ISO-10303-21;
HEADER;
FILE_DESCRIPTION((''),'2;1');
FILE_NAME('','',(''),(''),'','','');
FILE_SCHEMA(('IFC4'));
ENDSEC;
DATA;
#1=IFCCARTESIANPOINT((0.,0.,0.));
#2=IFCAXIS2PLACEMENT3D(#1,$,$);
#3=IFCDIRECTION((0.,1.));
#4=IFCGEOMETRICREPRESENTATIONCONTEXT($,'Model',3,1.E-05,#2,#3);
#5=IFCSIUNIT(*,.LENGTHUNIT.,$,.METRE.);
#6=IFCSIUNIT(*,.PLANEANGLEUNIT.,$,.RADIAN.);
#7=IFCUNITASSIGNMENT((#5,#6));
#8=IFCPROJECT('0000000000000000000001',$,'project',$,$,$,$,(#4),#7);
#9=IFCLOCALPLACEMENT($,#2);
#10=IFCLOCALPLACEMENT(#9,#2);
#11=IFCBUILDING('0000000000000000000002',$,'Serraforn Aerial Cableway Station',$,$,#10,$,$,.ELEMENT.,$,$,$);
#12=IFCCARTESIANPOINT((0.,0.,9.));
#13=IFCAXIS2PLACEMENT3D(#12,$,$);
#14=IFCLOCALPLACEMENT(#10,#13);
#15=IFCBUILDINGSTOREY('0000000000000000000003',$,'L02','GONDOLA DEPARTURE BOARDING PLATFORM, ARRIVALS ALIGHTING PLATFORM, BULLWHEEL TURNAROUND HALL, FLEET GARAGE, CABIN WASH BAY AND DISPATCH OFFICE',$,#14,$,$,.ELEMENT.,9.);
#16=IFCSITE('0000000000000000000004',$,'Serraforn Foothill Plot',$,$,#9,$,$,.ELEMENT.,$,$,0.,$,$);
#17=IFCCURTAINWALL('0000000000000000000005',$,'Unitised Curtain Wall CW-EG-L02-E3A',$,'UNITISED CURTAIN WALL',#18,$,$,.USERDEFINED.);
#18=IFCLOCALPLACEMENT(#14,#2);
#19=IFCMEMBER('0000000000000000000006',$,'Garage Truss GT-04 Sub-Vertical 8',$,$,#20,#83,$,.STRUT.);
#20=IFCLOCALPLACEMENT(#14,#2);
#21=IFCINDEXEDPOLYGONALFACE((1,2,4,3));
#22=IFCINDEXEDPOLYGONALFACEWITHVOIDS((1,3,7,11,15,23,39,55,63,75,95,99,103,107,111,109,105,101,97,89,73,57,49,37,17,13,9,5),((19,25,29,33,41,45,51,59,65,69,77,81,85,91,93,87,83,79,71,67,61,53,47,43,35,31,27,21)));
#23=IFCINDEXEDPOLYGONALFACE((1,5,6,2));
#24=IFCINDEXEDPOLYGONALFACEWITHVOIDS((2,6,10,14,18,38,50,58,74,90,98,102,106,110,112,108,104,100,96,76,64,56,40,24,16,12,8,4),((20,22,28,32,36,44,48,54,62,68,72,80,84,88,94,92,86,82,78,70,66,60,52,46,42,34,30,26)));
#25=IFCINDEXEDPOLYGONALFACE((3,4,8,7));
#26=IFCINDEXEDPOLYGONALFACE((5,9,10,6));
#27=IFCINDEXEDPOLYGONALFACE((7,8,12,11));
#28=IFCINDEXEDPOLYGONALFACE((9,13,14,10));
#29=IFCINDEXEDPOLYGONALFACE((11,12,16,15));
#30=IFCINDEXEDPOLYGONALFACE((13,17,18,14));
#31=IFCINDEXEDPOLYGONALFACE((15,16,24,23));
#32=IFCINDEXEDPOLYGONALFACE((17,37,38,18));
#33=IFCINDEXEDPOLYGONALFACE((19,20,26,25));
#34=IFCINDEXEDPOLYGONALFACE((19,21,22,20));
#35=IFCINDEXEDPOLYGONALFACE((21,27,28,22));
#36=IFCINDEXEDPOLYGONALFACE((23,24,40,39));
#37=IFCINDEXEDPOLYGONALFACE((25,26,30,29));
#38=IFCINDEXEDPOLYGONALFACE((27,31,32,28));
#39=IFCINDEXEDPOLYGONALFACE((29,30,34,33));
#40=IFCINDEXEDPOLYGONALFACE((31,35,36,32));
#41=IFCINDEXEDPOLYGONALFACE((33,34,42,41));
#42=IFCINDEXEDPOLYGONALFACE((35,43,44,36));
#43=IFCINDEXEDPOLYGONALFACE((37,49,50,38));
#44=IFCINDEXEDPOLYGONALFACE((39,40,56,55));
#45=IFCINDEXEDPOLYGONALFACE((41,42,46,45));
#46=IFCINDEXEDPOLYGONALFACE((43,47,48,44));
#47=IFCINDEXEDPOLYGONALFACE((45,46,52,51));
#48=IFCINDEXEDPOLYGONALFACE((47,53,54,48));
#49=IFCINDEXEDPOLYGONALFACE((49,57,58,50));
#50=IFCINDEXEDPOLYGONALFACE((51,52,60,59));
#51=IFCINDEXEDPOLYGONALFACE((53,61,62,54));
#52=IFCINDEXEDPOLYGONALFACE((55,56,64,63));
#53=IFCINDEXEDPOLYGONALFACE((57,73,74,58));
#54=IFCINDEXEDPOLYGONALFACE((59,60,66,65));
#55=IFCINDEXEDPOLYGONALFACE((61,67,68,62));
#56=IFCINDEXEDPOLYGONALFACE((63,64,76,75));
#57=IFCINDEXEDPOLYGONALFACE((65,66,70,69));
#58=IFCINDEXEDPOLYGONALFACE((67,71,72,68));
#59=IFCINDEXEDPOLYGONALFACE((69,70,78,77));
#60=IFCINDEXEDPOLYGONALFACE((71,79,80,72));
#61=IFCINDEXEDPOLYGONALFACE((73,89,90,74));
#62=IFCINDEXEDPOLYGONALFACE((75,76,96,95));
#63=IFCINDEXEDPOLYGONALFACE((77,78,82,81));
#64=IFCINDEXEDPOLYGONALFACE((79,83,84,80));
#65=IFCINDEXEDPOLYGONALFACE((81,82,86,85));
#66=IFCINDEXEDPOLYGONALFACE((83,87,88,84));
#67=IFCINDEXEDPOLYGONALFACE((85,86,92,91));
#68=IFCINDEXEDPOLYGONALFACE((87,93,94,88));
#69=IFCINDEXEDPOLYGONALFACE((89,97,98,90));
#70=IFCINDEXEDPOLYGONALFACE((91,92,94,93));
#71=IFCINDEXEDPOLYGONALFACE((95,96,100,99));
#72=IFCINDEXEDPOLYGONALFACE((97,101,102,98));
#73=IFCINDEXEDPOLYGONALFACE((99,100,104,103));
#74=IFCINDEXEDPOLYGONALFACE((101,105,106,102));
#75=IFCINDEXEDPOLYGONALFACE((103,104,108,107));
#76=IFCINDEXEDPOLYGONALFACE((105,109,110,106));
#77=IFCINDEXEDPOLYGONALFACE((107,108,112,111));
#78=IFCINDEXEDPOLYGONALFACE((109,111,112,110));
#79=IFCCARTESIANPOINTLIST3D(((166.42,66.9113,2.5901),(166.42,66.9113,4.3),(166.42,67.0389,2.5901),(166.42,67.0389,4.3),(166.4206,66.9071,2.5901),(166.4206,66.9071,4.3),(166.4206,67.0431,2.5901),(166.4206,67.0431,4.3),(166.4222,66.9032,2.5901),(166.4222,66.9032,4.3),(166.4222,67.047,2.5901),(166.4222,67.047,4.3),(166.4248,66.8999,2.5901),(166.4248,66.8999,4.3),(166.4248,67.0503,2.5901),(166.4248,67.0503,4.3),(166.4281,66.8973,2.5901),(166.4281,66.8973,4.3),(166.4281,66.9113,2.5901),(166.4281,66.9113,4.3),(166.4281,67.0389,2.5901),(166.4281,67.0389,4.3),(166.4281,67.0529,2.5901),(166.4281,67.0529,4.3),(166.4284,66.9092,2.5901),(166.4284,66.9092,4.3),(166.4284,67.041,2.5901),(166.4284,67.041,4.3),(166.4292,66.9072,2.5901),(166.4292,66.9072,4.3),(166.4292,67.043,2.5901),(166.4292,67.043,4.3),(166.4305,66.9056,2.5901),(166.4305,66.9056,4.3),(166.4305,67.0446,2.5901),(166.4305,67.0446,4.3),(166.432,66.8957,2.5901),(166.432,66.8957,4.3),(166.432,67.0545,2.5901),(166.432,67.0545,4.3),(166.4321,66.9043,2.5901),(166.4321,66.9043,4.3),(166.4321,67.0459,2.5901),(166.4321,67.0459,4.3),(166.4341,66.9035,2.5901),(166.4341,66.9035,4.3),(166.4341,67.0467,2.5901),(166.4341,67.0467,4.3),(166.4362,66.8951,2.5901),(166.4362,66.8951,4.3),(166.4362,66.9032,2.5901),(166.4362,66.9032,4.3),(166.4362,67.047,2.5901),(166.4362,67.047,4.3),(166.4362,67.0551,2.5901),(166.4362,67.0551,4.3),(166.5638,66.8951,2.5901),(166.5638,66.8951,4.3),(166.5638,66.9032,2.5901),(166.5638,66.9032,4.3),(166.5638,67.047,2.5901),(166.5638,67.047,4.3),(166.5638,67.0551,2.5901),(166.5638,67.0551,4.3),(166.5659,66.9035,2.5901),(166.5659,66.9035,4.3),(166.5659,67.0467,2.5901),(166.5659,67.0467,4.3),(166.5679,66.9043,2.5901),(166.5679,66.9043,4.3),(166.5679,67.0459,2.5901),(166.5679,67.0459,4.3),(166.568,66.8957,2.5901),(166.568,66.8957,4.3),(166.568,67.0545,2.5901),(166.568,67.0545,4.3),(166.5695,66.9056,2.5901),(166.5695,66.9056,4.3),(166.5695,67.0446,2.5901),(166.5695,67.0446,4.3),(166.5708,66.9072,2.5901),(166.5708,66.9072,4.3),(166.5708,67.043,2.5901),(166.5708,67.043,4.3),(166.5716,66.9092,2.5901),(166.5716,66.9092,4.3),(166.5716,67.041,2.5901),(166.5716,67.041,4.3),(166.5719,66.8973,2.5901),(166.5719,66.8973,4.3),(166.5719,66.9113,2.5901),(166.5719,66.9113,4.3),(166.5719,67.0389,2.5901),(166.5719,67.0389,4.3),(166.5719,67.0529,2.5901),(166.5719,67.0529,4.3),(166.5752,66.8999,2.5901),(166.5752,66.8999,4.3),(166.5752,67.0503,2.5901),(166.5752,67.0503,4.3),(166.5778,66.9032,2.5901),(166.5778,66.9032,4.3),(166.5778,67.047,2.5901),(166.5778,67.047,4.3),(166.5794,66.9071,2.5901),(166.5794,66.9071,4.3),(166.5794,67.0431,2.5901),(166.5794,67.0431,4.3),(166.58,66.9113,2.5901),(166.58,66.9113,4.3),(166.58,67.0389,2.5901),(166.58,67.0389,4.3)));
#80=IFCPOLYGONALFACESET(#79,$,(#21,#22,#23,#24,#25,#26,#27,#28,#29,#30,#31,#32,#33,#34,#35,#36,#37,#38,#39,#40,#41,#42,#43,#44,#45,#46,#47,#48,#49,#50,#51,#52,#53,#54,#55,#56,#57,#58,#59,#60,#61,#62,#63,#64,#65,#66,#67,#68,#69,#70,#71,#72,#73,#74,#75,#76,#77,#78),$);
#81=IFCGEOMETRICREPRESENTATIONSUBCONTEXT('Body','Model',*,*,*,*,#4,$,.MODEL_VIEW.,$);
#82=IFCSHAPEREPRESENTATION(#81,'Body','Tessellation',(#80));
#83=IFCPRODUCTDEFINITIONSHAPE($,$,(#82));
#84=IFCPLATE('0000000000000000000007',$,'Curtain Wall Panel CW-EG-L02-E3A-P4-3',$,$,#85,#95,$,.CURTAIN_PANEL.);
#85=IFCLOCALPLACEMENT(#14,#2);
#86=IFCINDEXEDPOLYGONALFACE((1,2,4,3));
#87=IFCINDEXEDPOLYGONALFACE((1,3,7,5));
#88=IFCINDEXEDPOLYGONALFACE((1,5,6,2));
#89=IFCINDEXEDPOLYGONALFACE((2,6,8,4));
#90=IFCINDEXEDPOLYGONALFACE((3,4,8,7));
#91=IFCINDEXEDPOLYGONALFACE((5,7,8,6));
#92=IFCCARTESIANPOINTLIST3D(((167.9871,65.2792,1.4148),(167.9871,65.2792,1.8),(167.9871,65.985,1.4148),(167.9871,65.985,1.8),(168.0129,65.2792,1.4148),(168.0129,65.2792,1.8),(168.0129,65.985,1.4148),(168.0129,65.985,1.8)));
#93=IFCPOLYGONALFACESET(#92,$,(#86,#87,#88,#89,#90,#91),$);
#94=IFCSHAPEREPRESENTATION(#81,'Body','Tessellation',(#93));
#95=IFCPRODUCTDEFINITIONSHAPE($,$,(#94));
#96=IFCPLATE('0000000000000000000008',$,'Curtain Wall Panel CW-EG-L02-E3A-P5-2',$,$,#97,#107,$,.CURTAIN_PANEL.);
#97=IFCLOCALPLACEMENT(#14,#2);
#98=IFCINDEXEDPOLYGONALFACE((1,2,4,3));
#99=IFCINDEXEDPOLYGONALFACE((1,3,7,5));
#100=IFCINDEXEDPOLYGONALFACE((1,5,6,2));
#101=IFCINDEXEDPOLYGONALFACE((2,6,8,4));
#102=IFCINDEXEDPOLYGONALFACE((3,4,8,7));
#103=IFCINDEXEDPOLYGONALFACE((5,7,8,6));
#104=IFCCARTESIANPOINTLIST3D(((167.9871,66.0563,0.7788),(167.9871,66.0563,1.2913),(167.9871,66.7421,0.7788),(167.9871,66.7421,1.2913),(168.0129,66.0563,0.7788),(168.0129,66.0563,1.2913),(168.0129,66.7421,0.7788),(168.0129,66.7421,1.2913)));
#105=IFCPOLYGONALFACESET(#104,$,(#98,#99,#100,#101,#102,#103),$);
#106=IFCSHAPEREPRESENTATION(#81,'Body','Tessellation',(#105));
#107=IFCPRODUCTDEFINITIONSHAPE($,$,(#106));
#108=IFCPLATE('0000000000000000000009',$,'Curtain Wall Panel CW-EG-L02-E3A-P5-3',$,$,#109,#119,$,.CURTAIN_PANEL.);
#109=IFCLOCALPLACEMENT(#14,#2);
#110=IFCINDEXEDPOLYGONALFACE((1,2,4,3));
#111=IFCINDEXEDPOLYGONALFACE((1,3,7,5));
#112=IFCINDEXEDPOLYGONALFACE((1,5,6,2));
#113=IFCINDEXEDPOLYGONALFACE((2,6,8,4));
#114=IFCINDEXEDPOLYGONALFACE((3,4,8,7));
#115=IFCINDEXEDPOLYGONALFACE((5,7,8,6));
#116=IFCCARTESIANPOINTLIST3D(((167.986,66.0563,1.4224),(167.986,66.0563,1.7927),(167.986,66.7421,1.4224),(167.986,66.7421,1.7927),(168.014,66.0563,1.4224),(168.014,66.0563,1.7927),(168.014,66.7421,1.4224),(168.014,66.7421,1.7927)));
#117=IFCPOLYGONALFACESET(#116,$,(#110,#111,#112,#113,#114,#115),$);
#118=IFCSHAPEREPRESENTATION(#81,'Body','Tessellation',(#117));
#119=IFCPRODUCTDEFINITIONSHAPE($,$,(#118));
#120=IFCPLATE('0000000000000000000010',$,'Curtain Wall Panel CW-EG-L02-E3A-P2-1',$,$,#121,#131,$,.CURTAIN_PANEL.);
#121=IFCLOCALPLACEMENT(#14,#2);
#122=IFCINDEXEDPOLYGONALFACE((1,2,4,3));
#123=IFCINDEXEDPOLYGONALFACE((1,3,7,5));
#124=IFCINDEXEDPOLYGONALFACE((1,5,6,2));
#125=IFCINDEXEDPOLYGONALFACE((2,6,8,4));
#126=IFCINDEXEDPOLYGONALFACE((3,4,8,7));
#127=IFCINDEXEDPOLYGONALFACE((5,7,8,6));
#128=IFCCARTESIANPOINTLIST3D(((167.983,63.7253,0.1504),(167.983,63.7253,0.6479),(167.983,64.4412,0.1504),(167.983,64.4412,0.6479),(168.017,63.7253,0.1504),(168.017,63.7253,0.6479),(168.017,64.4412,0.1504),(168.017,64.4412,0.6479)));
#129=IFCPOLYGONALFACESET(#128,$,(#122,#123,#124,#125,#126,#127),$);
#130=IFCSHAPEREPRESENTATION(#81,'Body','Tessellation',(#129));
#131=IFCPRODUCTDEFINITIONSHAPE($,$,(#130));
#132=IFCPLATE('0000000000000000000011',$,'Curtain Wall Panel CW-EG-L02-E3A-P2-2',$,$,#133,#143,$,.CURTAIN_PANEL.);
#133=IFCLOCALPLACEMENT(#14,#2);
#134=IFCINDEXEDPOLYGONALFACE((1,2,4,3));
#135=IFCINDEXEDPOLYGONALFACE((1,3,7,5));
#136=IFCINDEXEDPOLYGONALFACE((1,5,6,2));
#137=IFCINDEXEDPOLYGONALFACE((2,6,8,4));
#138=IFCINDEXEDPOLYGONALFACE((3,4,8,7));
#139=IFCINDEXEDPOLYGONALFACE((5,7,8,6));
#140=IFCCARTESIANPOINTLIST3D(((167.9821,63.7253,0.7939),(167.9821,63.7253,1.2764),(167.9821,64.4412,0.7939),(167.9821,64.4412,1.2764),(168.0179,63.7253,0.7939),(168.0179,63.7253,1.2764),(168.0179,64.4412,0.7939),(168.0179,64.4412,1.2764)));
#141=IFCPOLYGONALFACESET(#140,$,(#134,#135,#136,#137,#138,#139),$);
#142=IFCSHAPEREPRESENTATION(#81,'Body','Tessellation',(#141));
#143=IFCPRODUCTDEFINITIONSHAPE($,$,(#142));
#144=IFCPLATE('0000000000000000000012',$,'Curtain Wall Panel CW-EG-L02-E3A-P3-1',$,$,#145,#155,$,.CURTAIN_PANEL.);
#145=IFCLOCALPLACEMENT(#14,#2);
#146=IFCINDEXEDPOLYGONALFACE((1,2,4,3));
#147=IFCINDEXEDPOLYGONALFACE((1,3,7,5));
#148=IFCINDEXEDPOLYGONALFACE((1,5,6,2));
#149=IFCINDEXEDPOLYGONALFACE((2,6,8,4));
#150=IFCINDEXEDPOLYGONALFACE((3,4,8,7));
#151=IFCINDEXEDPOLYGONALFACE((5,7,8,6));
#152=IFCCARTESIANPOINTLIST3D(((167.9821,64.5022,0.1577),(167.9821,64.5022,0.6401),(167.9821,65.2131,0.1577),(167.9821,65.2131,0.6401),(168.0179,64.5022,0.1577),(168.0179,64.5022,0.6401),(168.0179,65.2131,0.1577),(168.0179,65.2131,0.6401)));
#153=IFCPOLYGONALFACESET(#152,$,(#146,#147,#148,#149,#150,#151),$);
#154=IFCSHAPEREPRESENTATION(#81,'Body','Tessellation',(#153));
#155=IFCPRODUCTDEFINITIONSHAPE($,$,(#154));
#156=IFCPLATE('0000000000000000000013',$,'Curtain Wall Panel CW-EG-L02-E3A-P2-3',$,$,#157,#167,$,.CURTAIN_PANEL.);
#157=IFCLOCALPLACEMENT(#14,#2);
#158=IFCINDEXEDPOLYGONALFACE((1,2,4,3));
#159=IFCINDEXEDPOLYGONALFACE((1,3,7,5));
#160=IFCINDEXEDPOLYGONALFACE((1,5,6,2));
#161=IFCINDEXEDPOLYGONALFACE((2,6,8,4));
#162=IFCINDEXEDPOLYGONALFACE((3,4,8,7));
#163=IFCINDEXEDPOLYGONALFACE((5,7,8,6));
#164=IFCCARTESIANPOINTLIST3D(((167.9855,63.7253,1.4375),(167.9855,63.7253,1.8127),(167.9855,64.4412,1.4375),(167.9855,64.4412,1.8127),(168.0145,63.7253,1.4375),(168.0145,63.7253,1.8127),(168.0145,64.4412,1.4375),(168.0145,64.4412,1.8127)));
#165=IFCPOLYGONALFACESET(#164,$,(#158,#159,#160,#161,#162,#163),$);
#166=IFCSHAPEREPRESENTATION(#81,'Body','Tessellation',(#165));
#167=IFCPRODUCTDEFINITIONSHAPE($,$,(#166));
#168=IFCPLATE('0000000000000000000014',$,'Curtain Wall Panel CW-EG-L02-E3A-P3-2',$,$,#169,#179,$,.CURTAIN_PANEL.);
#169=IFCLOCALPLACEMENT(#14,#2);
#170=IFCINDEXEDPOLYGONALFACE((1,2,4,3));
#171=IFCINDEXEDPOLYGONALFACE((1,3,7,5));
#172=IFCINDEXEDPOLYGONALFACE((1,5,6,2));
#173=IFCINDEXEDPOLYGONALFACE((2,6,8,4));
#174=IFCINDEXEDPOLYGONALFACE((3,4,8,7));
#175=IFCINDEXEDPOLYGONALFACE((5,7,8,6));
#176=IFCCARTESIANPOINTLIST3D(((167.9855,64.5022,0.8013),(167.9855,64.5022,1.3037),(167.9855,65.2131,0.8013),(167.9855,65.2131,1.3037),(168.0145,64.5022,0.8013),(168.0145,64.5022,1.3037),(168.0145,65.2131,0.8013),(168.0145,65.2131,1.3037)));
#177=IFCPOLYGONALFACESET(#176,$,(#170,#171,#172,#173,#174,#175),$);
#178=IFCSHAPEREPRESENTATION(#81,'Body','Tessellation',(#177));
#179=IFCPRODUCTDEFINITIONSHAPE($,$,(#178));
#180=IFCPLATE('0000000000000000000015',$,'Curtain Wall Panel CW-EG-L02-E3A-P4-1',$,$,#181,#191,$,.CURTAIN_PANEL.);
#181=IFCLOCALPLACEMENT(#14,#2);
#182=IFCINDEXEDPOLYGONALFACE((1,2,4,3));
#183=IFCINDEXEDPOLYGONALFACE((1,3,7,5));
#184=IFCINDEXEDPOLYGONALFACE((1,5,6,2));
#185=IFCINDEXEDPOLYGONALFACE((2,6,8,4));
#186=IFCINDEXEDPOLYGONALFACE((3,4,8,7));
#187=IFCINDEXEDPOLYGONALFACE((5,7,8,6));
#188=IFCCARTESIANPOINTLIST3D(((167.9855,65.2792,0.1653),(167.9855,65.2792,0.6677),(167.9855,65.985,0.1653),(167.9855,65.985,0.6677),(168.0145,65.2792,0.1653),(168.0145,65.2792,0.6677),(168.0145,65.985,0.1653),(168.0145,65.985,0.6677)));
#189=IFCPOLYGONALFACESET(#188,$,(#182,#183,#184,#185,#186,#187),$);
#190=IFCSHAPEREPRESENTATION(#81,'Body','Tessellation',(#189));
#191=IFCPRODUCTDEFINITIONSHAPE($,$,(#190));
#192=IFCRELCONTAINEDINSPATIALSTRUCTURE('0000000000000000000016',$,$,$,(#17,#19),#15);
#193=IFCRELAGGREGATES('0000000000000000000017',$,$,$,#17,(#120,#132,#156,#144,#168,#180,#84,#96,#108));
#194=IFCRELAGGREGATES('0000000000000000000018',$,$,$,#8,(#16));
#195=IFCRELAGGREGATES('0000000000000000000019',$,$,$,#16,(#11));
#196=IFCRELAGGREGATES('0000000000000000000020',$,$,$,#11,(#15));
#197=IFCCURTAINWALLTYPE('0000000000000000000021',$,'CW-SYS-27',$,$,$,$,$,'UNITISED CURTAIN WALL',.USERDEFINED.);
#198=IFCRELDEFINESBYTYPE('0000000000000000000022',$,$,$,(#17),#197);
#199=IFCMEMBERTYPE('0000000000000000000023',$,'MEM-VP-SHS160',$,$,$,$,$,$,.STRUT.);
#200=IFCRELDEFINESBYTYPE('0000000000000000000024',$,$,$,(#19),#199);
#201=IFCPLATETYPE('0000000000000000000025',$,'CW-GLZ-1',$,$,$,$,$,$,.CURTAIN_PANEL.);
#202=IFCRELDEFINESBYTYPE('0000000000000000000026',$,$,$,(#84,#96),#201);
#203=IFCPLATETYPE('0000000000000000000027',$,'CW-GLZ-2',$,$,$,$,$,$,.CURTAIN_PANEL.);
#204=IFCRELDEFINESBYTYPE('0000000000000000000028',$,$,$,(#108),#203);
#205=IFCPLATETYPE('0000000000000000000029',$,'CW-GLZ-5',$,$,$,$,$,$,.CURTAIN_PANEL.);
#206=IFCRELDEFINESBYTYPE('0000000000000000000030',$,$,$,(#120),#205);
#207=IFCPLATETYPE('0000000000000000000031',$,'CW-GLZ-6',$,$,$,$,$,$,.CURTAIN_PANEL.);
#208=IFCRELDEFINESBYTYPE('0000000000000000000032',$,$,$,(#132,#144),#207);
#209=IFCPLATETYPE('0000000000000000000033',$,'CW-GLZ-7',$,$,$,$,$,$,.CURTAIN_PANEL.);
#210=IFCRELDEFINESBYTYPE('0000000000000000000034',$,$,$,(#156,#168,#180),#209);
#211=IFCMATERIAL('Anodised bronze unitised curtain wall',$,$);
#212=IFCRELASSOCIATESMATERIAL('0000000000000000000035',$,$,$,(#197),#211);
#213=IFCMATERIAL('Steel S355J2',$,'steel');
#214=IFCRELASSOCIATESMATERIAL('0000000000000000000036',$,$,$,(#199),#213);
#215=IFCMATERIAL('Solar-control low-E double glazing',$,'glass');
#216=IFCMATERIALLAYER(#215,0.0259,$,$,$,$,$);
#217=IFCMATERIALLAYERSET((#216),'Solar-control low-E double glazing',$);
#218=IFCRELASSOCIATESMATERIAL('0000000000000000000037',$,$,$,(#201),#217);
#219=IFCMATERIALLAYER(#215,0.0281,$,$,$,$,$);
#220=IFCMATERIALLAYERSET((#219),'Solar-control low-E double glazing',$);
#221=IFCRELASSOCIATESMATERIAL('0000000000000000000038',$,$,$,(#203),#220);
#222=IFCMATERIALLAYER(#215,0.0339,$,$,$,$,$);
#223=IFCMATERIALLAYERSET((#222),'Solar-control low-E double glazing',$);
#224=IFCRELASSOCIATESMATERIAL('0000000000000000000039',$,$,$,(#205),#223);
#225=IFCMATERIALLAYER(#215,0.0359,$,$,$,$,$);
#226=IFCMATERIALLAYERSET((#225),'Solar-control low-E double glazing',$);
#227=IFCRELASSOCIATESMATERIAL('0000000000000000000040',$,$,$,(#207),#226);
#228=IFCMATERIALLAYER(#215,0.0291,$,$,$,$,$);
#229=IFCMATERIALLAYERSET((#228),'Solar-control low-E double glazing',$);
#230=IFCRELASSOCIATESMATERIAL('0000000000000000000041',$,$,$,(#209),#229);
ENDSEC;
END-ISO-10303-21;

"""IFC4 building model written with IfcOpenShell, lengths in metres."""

from ifc_helpers import new_model, si_unit, direction, frame, origin, origin_2d, place, context, subcontext, project, spatial, rectangle, hollow_rectangle, extrude, material, layer, layer_set, material_profile, profile_set, type_object, element, aggregate, save


model = new_model("IFC4")

# Units and contexts
model_context = context("Model", 3, precision=1e-05, world=origin(), true_north=direction((0.0, 1.0)))
body_context = subcontext(model_context, "Body", "Model", "MODEL_VIEW")
ifc_project = project(units=[si_unit("LENGTHUNIT", "METRE"), si_unit("PLANEANGLEUNIT", "RADIAN")], contexts=[model_context])

# Site, building, storey
site_placement = place(None, origin())
site = spatial("IfcSite", under=ifc_project, at=site_placement, Name="Serraforn Foothill Plot", CompositionType="ELEMENT", RefElevation=0.0)
building_placement = place(site_placement, origin())
building = spatial("IfcBuilding", under=site, at=building_placement, Name="Serraforn Aerial Cableway Station", CompositionType="ELEMENT")
storey_placement = place(building_placement, frame((0.0, 0.0, 9.0)))
storey = spatial("IfcBuildingStorey", under=building, at=storey_placement, Name="L02", Description="GONDOLA DEPARTURE BOARDING PLATFORM, ARRIVALS ALIGHTING PLATFORM, BULLWHEEL TURNAROUND HALL, FLEET GARAGE, CABIN WASH BAY AND DISPATCH OFFICE", CompositionType="ELEMENT", Elevation=9.0)

# Curtain wall
ifc_material_1 = material(Name="Anodised bronze unitised curtain wall")
curtain_wall_type = type_object("IfcCurtainWallType", Name="CW-SYS-27", ElementType="UNITISED CURTAIN WALL", PredefinedType="USERDEFINED", material=ifc_material_1)
curtain_wall_placement = place(storey_placement, origin())
curtain_wall = element("IfcCurtainWall", 1, at=curtain_wall_placement, inside=storey, type_object=curtain_wall_type, Name="Unitised Curtain Wall CW-EG-L02-E3A", ObjectType="UNITISED CURTAIN WALL", PredefinedType="USERDEFINED")

# Member
ifc_material_2 = material(Name="Steel S355J2", Category="steel")
ifc_material_profile_1 = material_profile(ifc_material_2, hollow_rectangle(XDim=0.1599, YDim=0.1599, WallThickness=0.0081, InnerFilletRadius=0.0081, OuterFilletRadius=0.0161, at=origin_2d()), Name="SHS 160x160x8.0")
ifc_profile_set_1 = profile_set([ifc_material_profile_1], Name="Steel S355J2")
member_type_1 = type_object("IfcMemberType", Name="MEM-VP-SHS160", PredefinedType="STRUT", material=ifc_profile_set_1)
for number, where, z_axis, x_axis, name in (
    (2, (166.5, 66.9751, 2.5901), (0.0, 0.0, 1.0), (1.0, 0.0, 0.0), "Garage Truss GT-04 Sub-Vertical 8"),
):
    element("IfcMember", number, at=place(storey_placement, frame(where, z_axis=z_axis, x_axis=x_axis)), inside=storey, type_object=member_type_1, Name=name, PredefinedType="STRUT", context=body_context, shape_type="SweptSolid", body=[
        extrude(hollow_rectangle(XDim=0.1599, YDim=0.1599, WallThickness=0.0081, InnerFilletRadius=0.0081, OuterFilletRadius=0.0161, at=origin_2d()), origin(), (0.0, 0.0, 1.0), 1.71),
    ])

# Plates
ifc_material_3 = material(Name="Solar-control low-E double glazing", Category="glass")
ifc_layer_1 = layer(ifc_material_3, 0.0259)
ifc_layer_set_1 = layer_set([ifc_layer_1], Name="Solar-control low-E double glazing")
plate_type_1 = type_object("IfcPlateType", Name="CW-GLZ-1", PredefinedType="CURTAIN_PANEL", material=ifc_layer_set_1)
plate_1_placement = place(storey_placement, frame((168.0, 65.6321, 1.4148), z_axis=(0.0, 0.0, 1.0), x_axis=(1.0, 0.0, 0.0)))
plate_1 = element("IfcPlate", 3, at=plate_1_placement, type_object=plate_type_1, Name="Curtain Wall Panel CW-EG-L02-E3A-P4-3", PredefinedType="CURTAIN_PANEL", context=body_context, shape_type="SweptSolid", body=[
    extrude(rectangle(XDim=0.0259, YDim=0.7058, at=origin_2d()), origin(), (0.0, 0.0, 1.0), 0.3853),
])
plate_2_placement = place(storey_placement, frame((168.0, 66.3992, 0.7788), z_axis=(0.0, 0.0, 1.0), x_axis=(1.0, 0.0, 0.0)))
plate_2 = element("IfcPlate", 4, at=plate_2_placement, type_object=plate_type_1, Name="Curtain Wall Panel CW-EG-L02-E3A-P5-2", PredefinedType="CURTAIN_PANEL", context=body_context, shape_type="SweptSolid", body=[
    extrude(rectangle(XDim=0.0259, YDim=0.6858, at=origin_2d()), origin(), (0.0, 0.0, 1.0), 0.5125),
])
ifc_layer_2 = layer(ifc_material_3, 0.0281)
ifc_layer_set_2 = layer_set([ifc_layer_2], Name="Solar-control low-E double glazing")
plate_type_2 = type_object("IfcPlateType", Name="CW-GLZ-2", PredefinedType="CURTAIN_PANEL", material=ifc_layer_set_2)
plate_3_placement = place(storey_placement, frame((168.0, 66.3992, 1.4224), z_axis=(0.0, 0.0, 1.0), x_axis=(1.0, 0.0, 0.0)))
plate_3 = element("IfcPlate", 5, at=plate_3_placement, type_object=plate_type_2, Name="Curtain Wall Panel CW-EG-L02-E3A-P5-3", PredefinedType="CURTAIN_PANEL", context=body_context, shape_type="SweptSolid", body=[
    extrude(rectangle(XDim=0.0281, YDim=0.6858, at=origin_2d()), origin(), (0.0, 0.0, 1.0), 0.3704),
])
ifc_layer_3 = layer(ifc_material_3, 0.0339)
ifc_layer_set_3 = layer_set([ifc_layer_3], Name="Solar-control low-E double glazing")
plate_type_3 = type_object("IfcPlateType", Name="CW-GLZ-5", PredefinedType="CURTAIN_PANEL", material=ifc_layer_set_3)
plate_4_placement = place(storey_placement, frame((168.0, 64.0833, 0.1504), z_axis=(0.0, 0.0, 1.0), x_axis=(1.0, 0.0, 0.0)))
plate_4 = element("IfcPlate", 6, at=plate_4_placement, type_object=plate_type_3, Name="Curtain Wall Panel CW-EG-L02-E3A-P2-1", PredefinedType="CURTAIN_PANEL", context=body_context, shape_type="SweptSolid", body=[
    extrude(rectangle(XDim=0.0339, YDim=0.7158, at=origin_2d()), origin(), (0.0, 0.0, 1.0), 0.4976),
])
ifc_layer_4 = layer(ifc_material_3, 0.0359)
ifc_layer_set_4 = layer_set([ifc_layer_4], Name="Solar-control low-E double glazing")
plate_type_4 = type_object("IfcPlateType", Name="CW-GLZ-6", PredefinedType="CURTAIN_PANEL", material=ifc_layer_set_4)
plate_5_placement = place(storey_placement, frame((168.0, 64.0833, 0.7939), z_axis=(0.0, 0.0, 1.0), x_axis=(1.0, 0.0, 0.0)))
plate_5 = element("IfcPlate", 7, at=plate_5_placement, type_object=plate_type_4, Name="Curtain Wall Panel CW-EG-L02-E3A-P2-2", PredefinedType="CURTAIN_PANEL", context=body_context, shape_type="SweptSolid", body=[
    extrude(rectangle(XDim=0.0359, YDim=0.7158, at=origin_2d()), origin(), (0.0, 0.0, 1.0), 0.4824),
])
plate_6_placement = place(storey_placement, frame((168.0, 64.8577, 0.1577), z_axis=(0.0, 0.0, 1.0), x_axis=(1.0, 0.0, 0.0)))
plate_6 = element("IfcPlate", 8, at=plate_6_placement, type_object=plate_type_4, Name="Curtain Wall Panel CW-EG-L02-E3A-P3-1", PredefinedType="CURTAIN_PANEL", context=body_context, shape_type="SweptSolid", body=[
    extrude(rectangle(XDim=0.0359, YDim=0.7109, at=origin_2d()), origin(), (0.0, 0.0, 1.0), 0.4824),
])
ifc_layer_5 = layer(ifc_material_3, 0.0291)
ifc_layer_set_5 = layer_set([ifc_layer_5], Name="Solar-control low-E double glazing")
plate_type_5 = type_object("IfcPlateType", Name="CW-GLZ-7", PredefinedType="CURTAIN_PANEL", material=ifc_layer_set_5)
plate_7_placement = place(storey_placement, frame((168.0, 64.0833, 1.4375), z_axis=(0.0, 0.0, 1.0), x_axis=(1.0, 0.0, 0.0)))
plate_7 = element("IfcPlate", 9, at=plate_7_placement, type_object=plate_type_5, Name="Curtain Wall Panel CW-EG-L02-E3A-P2-3", PredefinedType="CURTAIN_PANEL", context=body_context, shape_type="SweptSolid", body=[
    extrude(rectangle(XDim=0.0291, YDim=0.7158, at=origin_2d()), origin(), (0.0, 0.0, 1.0), 0.3752),
])
plate_8_placement = place(storey_placement, frame((168.0, 64.8577, 0.8013), z_axis=(0.0, 0.0, 1.0), x_axis=(1.0, 0.0, 0.0)))
plate_8 = element("IfcPlate", 10, at=plate_8_placement, type_object=plate_type_5, Name="Curtain Wall Panel CW-EG-L02-E3A-P3-2", PredefinedType="CURTAIN_PANEL", context=body_context, shape_type="SweptSolid", body=[
    extrude(rectangle(XDim=0.0291, YDim=0.7109, at=origin_2d()), origin(), (0.0, 0.0, 1.0), 0.5024),
])
plate_9_placement = place(storey_placement, frame((168.0, 65.6321, 0.1653), z_axis=(0.0, 0.0, 1.0), x_axis=(1.0, 0.0, 0.0)))
plate_9 = element("IfcPlate", 11, at=plate_9_placement, type_object=plate_type_5, Name="Curtain Wall Panel CW-EG-L02-E3A-P4-1", PredefinedType="CURTAIN_PANEL", context=body_context, shape_type="SweptSolid", body=[
    extrude(rectangle(XDim=0.0291, YDim=0.7058, at=origin_2d()), origin(), (0.0, 0.0, 1.0), 0.5024),
])
aggregate(curtain_wall, [plate_4, plate_5, plate_7, plate_6, plate_8, plate_9, plate_1, plate_2, plate_3])

save(model, "model.ifc")
